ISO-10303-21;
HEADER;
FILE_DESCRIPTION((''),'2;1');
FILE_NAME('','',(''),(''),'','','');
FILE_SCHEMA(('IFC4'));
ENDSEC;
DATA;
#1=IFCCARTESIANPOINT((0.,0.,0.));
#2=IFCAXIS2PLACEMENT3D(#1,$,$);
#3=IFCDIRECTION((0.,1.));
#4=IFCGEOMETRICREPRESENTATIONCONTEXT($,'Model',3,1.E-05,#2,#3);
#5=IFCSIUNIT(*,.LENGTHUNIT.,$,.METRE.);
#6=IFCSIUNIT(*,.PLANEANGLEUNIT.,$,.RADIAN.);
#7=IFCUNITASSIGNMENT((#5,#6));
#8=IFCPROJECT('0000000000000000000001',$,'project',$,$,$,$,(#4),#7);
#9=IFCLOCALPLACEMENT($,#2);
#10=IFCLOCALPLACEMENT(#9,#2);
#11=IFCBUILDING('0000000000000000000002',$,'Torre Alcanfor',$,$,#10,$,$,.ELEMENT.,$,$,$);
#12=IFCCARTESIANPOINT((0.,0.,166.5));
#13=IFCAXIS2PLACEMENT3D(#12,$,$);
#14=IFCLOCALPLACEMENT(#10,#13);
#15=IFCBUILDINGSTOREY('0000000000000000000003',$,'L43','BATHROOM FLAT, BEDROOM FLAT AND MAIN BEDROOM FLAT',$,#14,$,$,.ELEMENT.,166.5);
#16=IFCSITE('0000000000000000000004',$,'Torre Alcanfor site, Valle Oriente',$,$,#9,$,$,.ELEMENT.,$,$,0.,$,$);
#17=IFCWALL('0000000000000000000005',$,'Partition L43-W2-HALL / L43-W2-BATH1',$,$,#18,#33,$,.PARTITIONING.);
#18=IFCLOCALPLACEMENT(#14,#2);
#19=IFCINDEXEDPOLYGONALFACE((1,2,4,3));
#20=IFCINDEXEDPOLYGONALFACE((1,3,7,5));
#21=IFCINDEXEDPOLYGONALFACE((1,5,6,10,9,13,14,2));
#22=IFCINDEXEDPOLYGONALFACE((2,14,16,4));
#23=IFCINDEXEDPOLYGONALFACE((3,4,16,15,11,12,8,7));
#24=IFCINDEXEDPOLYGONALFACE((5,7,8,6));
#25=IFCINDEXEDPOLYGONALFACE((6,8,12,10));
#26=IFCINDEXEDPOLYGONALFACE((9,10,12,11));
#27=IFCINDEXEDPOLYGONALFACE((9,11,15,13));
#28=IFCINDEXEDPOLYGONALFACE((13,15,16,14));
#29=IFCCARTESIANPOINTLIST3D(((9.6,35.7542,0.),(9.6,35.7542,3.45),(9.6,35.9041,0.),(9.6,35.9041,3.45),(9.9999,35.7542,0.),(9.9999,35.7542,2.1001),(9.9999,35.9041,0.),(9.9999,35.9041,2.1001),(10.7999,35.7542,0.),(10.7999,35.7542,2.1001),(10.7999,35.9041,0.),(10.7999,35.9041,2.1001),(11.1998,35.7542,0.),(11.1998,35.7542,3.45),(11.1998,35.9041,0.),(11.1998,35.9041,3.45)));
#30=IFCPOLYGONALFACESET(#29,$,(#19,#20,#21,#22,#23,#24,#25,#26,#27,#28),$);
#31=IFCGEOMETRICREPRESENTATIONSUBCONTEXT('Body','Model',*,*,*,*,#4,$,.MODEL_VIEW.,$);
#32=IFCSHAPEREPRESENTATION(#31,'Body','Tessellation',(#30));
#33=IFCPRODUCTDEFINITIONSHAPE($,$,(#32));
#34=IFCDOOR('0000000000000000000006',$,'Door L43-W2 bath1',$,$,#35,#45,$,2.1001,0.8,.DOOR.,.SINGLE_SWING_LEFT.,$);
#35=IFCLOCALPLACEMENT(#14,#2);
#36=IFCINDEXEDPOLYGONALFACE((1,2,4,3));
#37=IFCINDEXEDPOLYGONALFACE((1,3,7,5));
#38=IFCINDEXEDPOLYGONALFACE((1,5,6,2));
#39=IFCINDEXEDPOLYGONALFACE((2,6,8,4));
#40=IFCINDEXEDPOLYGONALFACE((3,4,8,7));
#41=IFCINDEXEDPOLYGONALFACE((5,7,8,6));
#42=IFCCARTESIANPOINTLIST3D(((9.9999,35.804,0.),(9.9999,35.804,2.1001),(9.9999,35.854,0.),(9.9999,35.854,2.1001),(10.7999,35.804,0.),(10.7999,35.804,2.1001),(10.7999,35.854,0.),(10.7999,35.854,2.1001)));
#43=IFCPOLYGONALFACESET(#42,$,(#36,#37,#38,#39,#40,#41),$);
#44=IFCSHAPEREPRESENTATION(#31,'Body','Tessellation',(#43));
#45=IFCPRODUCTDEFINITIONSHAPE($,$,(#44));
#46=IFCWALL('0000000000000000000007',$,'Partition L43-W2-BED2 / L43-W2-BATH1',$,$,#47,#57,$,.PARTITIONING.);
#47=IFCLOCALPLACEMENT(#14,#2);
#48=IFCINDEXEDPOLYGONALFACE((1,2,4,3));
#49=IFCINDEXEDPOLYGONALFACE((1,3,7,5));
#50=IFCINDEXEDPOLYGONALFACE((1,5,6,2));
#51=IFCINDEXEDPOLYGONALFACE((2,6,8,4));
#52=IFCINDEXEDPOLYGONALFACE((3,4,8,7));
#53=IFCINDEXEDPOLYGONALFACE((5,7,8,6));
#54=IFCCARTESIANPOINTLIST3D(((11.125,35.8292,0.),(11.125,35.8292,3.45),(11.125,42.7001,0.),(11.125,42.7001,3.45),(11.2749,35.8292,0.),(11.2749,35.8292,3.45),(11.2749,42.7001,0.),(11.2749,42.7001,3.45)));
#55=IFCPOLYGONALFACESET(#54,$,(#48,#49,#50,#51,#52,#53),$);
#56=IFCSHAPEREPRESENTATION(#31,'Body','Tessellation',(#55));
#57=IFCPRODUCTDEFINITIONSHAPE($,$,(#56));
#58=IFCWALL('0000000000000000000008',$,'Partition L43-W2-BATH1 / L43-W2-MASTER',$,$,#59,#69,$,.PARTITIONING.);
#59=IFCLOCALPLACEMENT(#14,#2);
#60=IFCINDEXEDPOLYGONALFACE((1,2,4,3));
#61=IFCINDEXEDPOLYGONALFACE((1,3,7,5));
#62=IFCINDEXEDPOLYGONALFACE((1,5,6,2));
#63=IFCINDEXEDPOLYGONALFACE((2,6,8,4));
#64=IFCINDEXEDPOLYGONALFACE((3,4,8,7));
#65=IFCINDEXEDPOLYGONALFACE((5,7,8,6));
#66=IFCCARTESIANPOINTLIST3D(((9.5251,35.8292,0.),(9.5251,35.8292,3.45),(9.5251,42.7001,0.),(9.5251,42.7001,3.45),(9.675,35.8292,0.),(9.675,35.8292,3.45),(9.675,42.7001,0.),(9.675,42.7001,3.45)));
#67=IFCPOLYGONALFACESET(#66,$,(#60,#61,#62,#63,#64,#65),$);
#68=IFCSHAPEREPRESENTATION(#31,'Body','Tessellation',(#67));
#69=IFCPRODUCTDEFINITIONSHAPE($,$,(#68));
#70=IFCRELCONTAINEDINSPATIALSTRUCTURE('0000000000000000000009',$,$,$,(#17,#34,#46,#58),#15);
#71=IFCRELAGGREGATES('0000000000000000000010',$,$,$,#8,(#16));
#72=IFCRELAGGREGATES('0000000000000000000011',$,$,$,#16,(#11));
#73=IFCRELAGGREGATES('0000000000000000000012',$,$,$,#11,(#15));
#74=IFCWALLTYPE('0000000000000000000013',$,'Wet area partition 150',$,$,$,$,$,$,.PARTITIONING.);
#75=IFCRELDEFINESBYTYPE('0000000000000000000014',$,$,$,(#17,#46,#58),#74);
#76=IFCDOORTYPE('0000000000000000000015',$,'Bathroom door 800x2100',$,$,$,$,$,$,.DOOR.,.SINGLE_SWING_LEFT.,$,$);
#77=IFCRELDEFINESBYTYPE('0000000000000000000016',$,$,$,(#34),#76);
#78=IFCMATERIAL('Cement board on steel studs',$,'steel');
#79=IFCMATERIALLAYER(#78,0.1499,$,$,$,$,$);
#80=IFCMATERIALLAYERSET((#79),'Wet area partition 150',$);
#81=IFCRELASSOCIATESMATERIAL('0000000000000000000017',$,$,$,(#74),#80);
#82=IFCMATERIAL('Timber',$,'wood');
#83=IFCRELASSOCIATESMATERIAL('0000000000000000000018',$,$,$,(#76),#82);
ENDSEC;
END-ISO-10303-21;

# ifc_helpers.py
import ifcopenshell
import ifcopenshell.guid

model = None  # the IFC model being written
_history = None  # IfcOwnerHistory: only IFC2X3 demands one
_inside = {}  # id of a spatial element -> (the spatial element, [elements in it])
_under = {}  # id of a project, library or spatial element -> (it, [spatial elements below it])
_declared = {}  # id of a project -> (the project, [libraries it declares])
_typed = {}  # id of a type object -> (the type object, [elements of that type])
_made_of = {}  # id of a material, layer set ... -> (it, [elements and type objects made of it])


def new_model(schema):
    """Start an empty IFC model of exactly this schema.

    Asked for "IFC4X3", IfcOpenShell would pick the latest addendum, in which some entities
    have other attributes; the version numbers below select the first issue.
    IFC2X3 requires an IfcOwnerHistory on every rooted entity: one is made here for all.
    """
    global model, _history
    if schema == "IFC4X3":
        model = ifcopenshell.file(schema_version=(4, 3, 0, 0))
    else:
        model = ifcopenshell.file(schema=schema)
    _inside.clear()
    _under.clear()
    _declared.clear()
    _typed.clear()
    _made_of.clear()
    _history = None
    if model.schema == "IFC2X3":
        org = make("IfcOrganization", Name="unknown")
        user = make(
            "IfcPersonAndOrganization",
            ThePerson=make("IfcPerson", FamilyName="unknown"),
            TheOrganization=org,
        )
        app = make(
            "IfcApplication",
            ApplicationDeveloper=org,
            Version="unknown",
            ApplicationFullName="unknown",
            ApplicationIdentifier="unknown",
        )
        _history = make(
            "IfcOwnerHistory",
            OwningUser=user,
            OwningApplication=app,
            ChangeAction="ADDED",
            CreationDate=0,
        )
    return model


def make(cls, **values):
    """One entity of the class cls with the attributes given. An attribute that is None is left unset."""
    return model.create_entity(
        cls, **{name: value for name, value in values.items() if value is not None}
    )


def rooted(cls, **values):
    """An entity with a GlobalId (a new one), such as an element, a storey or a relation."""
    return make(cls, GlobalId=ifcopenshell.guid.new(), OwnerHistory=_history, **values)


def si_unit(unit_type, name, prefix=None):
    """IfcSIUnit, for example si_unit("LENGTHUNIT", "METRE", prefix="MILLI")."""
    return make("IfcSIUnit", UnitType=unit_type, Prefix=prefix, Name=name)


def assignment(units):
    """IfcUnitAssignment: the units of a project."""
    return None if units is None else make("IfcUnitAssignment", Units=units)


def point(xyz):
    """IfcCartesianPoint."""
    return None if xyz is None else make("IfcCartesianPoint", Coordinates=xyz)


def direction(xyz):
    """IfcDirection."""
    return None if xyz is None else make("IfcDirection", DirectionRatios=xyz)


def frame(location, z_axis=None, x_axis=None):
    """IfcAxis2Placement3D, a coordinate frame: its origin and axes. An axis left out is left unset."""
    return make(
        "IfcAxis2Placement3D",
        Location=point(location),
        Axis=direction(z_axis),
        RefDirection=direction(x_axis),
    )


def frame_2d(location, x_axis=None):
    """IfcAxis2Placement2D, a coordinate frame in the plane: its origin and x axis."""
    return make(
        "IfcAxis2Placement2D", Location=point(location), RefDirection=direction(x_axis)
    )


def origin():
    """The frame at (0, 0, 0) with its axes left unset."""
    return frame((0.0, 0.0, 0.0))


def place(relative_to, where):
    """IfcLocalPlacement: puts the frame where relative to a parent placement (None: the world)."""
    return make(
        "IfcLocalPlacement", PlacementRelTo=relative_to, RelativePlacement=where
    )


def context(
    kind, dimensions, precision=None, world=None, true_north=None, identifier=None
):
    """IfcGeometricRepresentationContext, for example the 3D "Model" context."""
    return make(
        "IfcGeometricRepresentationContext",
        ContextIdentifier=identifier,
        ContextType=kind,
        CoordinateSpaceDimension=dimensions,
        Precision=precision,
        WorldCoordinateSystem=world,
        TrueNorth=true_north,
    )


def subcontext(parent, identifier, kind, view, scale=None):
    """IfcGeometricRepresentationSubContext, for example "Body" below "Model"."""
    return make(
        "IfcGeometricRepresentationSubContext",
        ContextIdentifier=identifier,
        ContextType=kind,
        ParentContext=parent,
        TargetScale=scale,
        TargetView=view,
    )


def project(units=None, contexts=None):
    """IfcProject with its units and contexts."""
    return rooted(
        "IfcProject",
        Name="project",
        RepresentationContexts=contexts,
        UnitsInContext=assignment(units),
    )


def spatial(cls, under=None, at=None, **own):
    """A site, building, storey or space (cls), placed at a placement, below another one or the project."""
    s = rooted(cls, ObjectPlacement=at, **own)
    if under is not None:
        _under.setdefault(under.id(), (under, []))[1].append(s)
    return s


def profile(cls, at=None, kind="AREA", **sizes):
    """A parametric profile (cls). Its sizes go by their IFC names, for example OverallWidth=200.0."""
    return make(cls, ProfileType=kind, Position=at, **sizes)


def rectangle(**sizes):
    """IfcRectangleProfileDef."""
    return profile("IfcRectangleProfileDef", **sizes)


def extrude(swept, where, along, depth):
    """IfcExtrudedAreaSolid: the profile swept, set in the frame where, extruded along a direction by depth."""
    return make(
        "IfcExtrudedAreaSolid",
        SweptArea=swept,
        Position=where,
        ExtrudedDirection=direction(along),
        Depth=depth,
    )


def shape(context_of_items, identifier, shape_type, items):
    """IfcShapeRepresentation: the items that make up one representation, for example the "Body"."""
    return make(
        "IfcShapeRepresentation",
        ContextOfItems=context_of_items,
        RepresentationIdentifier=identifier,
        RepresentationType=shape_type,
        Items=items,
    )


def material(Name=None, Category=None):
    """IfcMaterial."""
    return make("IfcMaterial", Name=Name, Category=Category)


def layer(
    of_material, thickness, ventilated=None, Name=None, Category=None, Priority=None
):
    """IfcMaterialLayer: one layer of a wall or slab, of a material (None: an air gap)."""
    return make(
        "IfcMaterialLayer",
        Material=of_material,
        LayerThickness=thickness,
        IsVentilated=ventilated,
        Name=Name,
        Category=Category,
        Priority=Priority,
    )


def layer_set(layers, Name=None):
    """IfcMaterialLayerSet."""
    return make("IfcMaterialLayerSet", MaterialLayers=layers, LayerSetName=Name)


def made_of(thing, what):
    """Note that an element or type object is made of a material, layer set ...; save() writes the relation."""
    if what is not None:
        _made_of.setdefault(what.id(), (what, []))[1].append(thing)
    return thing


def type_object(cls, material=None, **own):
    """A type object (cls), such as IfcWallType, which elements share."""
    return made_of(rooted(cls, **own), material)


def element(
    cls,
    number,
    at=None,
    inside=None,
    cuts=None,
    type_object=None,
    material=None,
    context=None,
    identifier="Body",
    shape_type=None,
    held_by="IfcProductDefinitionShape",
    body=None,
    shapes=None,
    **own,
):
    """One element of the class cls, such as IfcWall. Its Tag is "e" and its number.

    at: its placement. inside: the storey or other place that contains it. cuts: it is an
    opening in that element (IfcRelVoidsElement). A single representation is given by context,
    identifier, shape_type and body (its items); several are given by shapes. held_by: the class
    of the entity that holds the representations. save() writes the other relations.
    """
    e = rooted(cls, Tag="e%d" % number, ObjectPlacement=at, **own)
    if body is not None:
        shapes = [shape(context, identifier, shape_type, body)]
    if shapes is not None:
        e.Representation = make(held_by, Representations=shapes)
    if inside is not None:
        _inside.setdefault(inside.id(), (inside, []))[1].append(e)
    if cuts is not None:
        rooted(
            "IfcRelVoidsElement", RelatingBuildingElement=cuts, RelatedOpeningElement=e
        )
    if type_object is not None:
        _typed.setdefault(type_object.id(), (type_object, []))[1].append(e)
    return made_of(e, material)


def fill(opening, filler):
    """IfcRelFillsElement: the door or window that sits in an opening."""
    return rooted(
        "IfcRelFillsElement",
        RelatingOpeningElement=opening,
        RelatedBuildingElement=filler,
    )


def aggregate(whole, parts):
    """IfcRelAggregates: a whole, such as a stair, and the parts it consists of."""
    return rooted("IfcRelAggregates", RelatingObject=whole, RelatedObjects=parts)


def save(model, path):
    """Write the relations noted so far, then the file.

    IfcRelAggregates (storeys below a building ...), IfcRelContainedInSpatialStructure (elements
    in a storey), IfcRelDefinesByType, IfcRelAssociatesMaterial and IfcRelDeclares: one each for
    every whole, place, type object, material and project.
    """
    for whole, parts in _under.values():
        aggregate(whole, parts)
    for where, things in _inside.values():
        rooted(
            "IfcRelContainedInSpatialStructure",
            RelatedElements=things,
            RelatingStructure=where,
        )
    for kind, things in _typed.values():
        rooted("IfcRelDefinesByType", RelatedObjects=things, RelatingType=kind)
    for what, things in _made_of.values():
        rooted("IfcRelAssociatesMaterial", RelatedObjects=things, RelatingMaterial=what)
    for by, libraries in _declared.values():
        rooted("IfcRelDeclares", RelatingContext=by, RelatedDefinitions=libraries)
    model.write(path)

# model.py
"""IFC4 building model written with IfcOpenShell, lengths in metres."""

from ifc_helpers import new_model, si_unit, direction, frame, frame_2d, origin, place, context, subcontext, project, spatial, rectangle, extrude, material, layer, layer_set, type_object, element, fill, save


model = new_model("IFC4")

# Units and contexts
model_context = context("Model", 3, precision=1e-05, world=origin(), true_north=direction((0.0, 1.0)))
body_context = subcontext(model_context, "Body", "Model", "MODEL_VIEW")
ifc_project = project(units=[si_unit("LENGTHUNIT", "METRE"), si_unit("PLANEANGLEUNIT", "RADIAN")], contexts=[model_context])

# Site, building, storey
site_placement = place(None, origin())
site = spatial("IfcSite", under=ifc_project, at=site_placement, Name="Torre Alcanfor site, Valle Oriente", CompositionType="ELEMENT", RefElevation=0.0)
building_placement = place(site_placement, origin())
building = spatial("IfcBuilding", under=site, at=building_placement, Name="Torre Alcanfor", CompositionType="ELEMENT")
storey_placement = place(building_placement, frame((0.0, 0.0, 166.5)))
storey = spatial("IfcBuildingStorey", under=building, at=storey_placement, Name="L43", Description="BATHROOM FLAT, BEDROOM FLAT AND MAIN BEDROOM FLAT", CompositionType="ELEMENT", Elevation=166.5)

# Wall, opening, door
ifc_material_1 = material(Name="Cement board on steel studs", Category="steel")
ifc_layer_1 = layer(ifc_material_1, 0.1499)
ifc_layer_set_1 = layer_set([ifc_layer_1], Name="Wet area partition 150")
wall_type_1 = type_object("IfcWallType", Name="Wet area partition 150", PredefinedType="PARTITIONING", material=ifc_layer_set_1)
wall_1_placement = place(storey_placement, frame((9.6001, 35.8291, 0.0), z_axis=(0.0, 0.0, 1.0), x_axis=(1.0, 0.0, 0.0)))
wall_1 = element("IfcWall", 1, at=wall_1_placement, inside=storey, type_object=wall_type_1, Name="Partition L43-W2-HALL / L43-W2-BATH1", PredefinedType="PARTITIONING", context=body_context, shape_type="SweptSolid", body=[
    extrude(rectangle(XDim=1.5999, YDim=0.1499, at=frame_2d((0.7998, 0.0))), origin(), (0.0, 0.0, 1.0), 3.45),
])
opening_1_placement = place(wall_1_placement, frame((0.3999, 0.0, 0.0)))
opening_1 = element("IfcOpeningElement", 2, at=opening_1_placement, cuts=wall_1, PredefinedType="OPENING", context=body_context, shape_type="SweptSolid", body=[
    extrude(rectangle(XDim=0.8, YDim=2.1001, at=frame_2d((0.3999, 1.05))), frame((0.0, 0.085, 0.0), z_axis=(0.0, -1.0, 0.0), x_axis=(1.0, 0.0, 0.0)), (0.0, 0.0, 1.0), 0.1699),
])
ifc_material_2 = material(Name="Timber", Category="wood")
door_type_1 = type_object("IfcDoorType", Name="Bathroom door 800x2100", OperationType="SINGLE_SWING_LEFT", PredefinedType="DOOR", material=ifc_material_2)
door_1_placement = place(opening_1_placement, origin())
door_1 = element("IfcDoor", 3, at=door_1_placement, inside=storey, type_object=door_type_1, Name="Door L43-W2 bath1", OperationType="SINGLE_SWING_LEFT", OverallHeight=2.1001, OverallWidth=0.8, PredefinedType="DOOR", context=body_context, shape_type="SweptSolid", body=[
    extrude(rectangle(XDim=0.8, YDim=2.1001, at=frame_2d((0.3999, 1.05))), frame((0.0, 0.0249, 0.0), z_axis=(0.0, -1.0, 0.0), x_axis=(1.0, 0.0, 0.0)), (0.0, 0.0, 1.0), 0.05),
])
fill(opening_1, door_1)

# Walls
for number, where, z_axis, x_axis, name in (
    (4, (11.2, 35.8291, 0.0), (0.0, 0.0, 1.0), (0.0, 1.0, 0.0), "Partition L43-W2-BED2 / L43-W2-BATH1"),
    (5, (9.6001, 35.8291, 0.0), (0.0, 0.0, 1.0), (0.0, 1.0, 0.0), "Partition L43-W2-BATH1 / L43-W2-MASTER"),
):
    element("IfcWall", number, at=place(storey_placement, frame(where, z_axis=z_axis, x_axis=x_axis)), inside=storey, type_object=wall_type_1, Name=name, PredefinedType="PARTITIONING", context=body_context, shape_type="SweptSolid", body=[
        extrude(rectangle(XDim=6.8708, YDim=0.1499, at=frame_2d((3.4355, 0.0))), origin(), (0.0, 0.0, 1.0), 3.45),
    ])

save(model, "model.ifc")
